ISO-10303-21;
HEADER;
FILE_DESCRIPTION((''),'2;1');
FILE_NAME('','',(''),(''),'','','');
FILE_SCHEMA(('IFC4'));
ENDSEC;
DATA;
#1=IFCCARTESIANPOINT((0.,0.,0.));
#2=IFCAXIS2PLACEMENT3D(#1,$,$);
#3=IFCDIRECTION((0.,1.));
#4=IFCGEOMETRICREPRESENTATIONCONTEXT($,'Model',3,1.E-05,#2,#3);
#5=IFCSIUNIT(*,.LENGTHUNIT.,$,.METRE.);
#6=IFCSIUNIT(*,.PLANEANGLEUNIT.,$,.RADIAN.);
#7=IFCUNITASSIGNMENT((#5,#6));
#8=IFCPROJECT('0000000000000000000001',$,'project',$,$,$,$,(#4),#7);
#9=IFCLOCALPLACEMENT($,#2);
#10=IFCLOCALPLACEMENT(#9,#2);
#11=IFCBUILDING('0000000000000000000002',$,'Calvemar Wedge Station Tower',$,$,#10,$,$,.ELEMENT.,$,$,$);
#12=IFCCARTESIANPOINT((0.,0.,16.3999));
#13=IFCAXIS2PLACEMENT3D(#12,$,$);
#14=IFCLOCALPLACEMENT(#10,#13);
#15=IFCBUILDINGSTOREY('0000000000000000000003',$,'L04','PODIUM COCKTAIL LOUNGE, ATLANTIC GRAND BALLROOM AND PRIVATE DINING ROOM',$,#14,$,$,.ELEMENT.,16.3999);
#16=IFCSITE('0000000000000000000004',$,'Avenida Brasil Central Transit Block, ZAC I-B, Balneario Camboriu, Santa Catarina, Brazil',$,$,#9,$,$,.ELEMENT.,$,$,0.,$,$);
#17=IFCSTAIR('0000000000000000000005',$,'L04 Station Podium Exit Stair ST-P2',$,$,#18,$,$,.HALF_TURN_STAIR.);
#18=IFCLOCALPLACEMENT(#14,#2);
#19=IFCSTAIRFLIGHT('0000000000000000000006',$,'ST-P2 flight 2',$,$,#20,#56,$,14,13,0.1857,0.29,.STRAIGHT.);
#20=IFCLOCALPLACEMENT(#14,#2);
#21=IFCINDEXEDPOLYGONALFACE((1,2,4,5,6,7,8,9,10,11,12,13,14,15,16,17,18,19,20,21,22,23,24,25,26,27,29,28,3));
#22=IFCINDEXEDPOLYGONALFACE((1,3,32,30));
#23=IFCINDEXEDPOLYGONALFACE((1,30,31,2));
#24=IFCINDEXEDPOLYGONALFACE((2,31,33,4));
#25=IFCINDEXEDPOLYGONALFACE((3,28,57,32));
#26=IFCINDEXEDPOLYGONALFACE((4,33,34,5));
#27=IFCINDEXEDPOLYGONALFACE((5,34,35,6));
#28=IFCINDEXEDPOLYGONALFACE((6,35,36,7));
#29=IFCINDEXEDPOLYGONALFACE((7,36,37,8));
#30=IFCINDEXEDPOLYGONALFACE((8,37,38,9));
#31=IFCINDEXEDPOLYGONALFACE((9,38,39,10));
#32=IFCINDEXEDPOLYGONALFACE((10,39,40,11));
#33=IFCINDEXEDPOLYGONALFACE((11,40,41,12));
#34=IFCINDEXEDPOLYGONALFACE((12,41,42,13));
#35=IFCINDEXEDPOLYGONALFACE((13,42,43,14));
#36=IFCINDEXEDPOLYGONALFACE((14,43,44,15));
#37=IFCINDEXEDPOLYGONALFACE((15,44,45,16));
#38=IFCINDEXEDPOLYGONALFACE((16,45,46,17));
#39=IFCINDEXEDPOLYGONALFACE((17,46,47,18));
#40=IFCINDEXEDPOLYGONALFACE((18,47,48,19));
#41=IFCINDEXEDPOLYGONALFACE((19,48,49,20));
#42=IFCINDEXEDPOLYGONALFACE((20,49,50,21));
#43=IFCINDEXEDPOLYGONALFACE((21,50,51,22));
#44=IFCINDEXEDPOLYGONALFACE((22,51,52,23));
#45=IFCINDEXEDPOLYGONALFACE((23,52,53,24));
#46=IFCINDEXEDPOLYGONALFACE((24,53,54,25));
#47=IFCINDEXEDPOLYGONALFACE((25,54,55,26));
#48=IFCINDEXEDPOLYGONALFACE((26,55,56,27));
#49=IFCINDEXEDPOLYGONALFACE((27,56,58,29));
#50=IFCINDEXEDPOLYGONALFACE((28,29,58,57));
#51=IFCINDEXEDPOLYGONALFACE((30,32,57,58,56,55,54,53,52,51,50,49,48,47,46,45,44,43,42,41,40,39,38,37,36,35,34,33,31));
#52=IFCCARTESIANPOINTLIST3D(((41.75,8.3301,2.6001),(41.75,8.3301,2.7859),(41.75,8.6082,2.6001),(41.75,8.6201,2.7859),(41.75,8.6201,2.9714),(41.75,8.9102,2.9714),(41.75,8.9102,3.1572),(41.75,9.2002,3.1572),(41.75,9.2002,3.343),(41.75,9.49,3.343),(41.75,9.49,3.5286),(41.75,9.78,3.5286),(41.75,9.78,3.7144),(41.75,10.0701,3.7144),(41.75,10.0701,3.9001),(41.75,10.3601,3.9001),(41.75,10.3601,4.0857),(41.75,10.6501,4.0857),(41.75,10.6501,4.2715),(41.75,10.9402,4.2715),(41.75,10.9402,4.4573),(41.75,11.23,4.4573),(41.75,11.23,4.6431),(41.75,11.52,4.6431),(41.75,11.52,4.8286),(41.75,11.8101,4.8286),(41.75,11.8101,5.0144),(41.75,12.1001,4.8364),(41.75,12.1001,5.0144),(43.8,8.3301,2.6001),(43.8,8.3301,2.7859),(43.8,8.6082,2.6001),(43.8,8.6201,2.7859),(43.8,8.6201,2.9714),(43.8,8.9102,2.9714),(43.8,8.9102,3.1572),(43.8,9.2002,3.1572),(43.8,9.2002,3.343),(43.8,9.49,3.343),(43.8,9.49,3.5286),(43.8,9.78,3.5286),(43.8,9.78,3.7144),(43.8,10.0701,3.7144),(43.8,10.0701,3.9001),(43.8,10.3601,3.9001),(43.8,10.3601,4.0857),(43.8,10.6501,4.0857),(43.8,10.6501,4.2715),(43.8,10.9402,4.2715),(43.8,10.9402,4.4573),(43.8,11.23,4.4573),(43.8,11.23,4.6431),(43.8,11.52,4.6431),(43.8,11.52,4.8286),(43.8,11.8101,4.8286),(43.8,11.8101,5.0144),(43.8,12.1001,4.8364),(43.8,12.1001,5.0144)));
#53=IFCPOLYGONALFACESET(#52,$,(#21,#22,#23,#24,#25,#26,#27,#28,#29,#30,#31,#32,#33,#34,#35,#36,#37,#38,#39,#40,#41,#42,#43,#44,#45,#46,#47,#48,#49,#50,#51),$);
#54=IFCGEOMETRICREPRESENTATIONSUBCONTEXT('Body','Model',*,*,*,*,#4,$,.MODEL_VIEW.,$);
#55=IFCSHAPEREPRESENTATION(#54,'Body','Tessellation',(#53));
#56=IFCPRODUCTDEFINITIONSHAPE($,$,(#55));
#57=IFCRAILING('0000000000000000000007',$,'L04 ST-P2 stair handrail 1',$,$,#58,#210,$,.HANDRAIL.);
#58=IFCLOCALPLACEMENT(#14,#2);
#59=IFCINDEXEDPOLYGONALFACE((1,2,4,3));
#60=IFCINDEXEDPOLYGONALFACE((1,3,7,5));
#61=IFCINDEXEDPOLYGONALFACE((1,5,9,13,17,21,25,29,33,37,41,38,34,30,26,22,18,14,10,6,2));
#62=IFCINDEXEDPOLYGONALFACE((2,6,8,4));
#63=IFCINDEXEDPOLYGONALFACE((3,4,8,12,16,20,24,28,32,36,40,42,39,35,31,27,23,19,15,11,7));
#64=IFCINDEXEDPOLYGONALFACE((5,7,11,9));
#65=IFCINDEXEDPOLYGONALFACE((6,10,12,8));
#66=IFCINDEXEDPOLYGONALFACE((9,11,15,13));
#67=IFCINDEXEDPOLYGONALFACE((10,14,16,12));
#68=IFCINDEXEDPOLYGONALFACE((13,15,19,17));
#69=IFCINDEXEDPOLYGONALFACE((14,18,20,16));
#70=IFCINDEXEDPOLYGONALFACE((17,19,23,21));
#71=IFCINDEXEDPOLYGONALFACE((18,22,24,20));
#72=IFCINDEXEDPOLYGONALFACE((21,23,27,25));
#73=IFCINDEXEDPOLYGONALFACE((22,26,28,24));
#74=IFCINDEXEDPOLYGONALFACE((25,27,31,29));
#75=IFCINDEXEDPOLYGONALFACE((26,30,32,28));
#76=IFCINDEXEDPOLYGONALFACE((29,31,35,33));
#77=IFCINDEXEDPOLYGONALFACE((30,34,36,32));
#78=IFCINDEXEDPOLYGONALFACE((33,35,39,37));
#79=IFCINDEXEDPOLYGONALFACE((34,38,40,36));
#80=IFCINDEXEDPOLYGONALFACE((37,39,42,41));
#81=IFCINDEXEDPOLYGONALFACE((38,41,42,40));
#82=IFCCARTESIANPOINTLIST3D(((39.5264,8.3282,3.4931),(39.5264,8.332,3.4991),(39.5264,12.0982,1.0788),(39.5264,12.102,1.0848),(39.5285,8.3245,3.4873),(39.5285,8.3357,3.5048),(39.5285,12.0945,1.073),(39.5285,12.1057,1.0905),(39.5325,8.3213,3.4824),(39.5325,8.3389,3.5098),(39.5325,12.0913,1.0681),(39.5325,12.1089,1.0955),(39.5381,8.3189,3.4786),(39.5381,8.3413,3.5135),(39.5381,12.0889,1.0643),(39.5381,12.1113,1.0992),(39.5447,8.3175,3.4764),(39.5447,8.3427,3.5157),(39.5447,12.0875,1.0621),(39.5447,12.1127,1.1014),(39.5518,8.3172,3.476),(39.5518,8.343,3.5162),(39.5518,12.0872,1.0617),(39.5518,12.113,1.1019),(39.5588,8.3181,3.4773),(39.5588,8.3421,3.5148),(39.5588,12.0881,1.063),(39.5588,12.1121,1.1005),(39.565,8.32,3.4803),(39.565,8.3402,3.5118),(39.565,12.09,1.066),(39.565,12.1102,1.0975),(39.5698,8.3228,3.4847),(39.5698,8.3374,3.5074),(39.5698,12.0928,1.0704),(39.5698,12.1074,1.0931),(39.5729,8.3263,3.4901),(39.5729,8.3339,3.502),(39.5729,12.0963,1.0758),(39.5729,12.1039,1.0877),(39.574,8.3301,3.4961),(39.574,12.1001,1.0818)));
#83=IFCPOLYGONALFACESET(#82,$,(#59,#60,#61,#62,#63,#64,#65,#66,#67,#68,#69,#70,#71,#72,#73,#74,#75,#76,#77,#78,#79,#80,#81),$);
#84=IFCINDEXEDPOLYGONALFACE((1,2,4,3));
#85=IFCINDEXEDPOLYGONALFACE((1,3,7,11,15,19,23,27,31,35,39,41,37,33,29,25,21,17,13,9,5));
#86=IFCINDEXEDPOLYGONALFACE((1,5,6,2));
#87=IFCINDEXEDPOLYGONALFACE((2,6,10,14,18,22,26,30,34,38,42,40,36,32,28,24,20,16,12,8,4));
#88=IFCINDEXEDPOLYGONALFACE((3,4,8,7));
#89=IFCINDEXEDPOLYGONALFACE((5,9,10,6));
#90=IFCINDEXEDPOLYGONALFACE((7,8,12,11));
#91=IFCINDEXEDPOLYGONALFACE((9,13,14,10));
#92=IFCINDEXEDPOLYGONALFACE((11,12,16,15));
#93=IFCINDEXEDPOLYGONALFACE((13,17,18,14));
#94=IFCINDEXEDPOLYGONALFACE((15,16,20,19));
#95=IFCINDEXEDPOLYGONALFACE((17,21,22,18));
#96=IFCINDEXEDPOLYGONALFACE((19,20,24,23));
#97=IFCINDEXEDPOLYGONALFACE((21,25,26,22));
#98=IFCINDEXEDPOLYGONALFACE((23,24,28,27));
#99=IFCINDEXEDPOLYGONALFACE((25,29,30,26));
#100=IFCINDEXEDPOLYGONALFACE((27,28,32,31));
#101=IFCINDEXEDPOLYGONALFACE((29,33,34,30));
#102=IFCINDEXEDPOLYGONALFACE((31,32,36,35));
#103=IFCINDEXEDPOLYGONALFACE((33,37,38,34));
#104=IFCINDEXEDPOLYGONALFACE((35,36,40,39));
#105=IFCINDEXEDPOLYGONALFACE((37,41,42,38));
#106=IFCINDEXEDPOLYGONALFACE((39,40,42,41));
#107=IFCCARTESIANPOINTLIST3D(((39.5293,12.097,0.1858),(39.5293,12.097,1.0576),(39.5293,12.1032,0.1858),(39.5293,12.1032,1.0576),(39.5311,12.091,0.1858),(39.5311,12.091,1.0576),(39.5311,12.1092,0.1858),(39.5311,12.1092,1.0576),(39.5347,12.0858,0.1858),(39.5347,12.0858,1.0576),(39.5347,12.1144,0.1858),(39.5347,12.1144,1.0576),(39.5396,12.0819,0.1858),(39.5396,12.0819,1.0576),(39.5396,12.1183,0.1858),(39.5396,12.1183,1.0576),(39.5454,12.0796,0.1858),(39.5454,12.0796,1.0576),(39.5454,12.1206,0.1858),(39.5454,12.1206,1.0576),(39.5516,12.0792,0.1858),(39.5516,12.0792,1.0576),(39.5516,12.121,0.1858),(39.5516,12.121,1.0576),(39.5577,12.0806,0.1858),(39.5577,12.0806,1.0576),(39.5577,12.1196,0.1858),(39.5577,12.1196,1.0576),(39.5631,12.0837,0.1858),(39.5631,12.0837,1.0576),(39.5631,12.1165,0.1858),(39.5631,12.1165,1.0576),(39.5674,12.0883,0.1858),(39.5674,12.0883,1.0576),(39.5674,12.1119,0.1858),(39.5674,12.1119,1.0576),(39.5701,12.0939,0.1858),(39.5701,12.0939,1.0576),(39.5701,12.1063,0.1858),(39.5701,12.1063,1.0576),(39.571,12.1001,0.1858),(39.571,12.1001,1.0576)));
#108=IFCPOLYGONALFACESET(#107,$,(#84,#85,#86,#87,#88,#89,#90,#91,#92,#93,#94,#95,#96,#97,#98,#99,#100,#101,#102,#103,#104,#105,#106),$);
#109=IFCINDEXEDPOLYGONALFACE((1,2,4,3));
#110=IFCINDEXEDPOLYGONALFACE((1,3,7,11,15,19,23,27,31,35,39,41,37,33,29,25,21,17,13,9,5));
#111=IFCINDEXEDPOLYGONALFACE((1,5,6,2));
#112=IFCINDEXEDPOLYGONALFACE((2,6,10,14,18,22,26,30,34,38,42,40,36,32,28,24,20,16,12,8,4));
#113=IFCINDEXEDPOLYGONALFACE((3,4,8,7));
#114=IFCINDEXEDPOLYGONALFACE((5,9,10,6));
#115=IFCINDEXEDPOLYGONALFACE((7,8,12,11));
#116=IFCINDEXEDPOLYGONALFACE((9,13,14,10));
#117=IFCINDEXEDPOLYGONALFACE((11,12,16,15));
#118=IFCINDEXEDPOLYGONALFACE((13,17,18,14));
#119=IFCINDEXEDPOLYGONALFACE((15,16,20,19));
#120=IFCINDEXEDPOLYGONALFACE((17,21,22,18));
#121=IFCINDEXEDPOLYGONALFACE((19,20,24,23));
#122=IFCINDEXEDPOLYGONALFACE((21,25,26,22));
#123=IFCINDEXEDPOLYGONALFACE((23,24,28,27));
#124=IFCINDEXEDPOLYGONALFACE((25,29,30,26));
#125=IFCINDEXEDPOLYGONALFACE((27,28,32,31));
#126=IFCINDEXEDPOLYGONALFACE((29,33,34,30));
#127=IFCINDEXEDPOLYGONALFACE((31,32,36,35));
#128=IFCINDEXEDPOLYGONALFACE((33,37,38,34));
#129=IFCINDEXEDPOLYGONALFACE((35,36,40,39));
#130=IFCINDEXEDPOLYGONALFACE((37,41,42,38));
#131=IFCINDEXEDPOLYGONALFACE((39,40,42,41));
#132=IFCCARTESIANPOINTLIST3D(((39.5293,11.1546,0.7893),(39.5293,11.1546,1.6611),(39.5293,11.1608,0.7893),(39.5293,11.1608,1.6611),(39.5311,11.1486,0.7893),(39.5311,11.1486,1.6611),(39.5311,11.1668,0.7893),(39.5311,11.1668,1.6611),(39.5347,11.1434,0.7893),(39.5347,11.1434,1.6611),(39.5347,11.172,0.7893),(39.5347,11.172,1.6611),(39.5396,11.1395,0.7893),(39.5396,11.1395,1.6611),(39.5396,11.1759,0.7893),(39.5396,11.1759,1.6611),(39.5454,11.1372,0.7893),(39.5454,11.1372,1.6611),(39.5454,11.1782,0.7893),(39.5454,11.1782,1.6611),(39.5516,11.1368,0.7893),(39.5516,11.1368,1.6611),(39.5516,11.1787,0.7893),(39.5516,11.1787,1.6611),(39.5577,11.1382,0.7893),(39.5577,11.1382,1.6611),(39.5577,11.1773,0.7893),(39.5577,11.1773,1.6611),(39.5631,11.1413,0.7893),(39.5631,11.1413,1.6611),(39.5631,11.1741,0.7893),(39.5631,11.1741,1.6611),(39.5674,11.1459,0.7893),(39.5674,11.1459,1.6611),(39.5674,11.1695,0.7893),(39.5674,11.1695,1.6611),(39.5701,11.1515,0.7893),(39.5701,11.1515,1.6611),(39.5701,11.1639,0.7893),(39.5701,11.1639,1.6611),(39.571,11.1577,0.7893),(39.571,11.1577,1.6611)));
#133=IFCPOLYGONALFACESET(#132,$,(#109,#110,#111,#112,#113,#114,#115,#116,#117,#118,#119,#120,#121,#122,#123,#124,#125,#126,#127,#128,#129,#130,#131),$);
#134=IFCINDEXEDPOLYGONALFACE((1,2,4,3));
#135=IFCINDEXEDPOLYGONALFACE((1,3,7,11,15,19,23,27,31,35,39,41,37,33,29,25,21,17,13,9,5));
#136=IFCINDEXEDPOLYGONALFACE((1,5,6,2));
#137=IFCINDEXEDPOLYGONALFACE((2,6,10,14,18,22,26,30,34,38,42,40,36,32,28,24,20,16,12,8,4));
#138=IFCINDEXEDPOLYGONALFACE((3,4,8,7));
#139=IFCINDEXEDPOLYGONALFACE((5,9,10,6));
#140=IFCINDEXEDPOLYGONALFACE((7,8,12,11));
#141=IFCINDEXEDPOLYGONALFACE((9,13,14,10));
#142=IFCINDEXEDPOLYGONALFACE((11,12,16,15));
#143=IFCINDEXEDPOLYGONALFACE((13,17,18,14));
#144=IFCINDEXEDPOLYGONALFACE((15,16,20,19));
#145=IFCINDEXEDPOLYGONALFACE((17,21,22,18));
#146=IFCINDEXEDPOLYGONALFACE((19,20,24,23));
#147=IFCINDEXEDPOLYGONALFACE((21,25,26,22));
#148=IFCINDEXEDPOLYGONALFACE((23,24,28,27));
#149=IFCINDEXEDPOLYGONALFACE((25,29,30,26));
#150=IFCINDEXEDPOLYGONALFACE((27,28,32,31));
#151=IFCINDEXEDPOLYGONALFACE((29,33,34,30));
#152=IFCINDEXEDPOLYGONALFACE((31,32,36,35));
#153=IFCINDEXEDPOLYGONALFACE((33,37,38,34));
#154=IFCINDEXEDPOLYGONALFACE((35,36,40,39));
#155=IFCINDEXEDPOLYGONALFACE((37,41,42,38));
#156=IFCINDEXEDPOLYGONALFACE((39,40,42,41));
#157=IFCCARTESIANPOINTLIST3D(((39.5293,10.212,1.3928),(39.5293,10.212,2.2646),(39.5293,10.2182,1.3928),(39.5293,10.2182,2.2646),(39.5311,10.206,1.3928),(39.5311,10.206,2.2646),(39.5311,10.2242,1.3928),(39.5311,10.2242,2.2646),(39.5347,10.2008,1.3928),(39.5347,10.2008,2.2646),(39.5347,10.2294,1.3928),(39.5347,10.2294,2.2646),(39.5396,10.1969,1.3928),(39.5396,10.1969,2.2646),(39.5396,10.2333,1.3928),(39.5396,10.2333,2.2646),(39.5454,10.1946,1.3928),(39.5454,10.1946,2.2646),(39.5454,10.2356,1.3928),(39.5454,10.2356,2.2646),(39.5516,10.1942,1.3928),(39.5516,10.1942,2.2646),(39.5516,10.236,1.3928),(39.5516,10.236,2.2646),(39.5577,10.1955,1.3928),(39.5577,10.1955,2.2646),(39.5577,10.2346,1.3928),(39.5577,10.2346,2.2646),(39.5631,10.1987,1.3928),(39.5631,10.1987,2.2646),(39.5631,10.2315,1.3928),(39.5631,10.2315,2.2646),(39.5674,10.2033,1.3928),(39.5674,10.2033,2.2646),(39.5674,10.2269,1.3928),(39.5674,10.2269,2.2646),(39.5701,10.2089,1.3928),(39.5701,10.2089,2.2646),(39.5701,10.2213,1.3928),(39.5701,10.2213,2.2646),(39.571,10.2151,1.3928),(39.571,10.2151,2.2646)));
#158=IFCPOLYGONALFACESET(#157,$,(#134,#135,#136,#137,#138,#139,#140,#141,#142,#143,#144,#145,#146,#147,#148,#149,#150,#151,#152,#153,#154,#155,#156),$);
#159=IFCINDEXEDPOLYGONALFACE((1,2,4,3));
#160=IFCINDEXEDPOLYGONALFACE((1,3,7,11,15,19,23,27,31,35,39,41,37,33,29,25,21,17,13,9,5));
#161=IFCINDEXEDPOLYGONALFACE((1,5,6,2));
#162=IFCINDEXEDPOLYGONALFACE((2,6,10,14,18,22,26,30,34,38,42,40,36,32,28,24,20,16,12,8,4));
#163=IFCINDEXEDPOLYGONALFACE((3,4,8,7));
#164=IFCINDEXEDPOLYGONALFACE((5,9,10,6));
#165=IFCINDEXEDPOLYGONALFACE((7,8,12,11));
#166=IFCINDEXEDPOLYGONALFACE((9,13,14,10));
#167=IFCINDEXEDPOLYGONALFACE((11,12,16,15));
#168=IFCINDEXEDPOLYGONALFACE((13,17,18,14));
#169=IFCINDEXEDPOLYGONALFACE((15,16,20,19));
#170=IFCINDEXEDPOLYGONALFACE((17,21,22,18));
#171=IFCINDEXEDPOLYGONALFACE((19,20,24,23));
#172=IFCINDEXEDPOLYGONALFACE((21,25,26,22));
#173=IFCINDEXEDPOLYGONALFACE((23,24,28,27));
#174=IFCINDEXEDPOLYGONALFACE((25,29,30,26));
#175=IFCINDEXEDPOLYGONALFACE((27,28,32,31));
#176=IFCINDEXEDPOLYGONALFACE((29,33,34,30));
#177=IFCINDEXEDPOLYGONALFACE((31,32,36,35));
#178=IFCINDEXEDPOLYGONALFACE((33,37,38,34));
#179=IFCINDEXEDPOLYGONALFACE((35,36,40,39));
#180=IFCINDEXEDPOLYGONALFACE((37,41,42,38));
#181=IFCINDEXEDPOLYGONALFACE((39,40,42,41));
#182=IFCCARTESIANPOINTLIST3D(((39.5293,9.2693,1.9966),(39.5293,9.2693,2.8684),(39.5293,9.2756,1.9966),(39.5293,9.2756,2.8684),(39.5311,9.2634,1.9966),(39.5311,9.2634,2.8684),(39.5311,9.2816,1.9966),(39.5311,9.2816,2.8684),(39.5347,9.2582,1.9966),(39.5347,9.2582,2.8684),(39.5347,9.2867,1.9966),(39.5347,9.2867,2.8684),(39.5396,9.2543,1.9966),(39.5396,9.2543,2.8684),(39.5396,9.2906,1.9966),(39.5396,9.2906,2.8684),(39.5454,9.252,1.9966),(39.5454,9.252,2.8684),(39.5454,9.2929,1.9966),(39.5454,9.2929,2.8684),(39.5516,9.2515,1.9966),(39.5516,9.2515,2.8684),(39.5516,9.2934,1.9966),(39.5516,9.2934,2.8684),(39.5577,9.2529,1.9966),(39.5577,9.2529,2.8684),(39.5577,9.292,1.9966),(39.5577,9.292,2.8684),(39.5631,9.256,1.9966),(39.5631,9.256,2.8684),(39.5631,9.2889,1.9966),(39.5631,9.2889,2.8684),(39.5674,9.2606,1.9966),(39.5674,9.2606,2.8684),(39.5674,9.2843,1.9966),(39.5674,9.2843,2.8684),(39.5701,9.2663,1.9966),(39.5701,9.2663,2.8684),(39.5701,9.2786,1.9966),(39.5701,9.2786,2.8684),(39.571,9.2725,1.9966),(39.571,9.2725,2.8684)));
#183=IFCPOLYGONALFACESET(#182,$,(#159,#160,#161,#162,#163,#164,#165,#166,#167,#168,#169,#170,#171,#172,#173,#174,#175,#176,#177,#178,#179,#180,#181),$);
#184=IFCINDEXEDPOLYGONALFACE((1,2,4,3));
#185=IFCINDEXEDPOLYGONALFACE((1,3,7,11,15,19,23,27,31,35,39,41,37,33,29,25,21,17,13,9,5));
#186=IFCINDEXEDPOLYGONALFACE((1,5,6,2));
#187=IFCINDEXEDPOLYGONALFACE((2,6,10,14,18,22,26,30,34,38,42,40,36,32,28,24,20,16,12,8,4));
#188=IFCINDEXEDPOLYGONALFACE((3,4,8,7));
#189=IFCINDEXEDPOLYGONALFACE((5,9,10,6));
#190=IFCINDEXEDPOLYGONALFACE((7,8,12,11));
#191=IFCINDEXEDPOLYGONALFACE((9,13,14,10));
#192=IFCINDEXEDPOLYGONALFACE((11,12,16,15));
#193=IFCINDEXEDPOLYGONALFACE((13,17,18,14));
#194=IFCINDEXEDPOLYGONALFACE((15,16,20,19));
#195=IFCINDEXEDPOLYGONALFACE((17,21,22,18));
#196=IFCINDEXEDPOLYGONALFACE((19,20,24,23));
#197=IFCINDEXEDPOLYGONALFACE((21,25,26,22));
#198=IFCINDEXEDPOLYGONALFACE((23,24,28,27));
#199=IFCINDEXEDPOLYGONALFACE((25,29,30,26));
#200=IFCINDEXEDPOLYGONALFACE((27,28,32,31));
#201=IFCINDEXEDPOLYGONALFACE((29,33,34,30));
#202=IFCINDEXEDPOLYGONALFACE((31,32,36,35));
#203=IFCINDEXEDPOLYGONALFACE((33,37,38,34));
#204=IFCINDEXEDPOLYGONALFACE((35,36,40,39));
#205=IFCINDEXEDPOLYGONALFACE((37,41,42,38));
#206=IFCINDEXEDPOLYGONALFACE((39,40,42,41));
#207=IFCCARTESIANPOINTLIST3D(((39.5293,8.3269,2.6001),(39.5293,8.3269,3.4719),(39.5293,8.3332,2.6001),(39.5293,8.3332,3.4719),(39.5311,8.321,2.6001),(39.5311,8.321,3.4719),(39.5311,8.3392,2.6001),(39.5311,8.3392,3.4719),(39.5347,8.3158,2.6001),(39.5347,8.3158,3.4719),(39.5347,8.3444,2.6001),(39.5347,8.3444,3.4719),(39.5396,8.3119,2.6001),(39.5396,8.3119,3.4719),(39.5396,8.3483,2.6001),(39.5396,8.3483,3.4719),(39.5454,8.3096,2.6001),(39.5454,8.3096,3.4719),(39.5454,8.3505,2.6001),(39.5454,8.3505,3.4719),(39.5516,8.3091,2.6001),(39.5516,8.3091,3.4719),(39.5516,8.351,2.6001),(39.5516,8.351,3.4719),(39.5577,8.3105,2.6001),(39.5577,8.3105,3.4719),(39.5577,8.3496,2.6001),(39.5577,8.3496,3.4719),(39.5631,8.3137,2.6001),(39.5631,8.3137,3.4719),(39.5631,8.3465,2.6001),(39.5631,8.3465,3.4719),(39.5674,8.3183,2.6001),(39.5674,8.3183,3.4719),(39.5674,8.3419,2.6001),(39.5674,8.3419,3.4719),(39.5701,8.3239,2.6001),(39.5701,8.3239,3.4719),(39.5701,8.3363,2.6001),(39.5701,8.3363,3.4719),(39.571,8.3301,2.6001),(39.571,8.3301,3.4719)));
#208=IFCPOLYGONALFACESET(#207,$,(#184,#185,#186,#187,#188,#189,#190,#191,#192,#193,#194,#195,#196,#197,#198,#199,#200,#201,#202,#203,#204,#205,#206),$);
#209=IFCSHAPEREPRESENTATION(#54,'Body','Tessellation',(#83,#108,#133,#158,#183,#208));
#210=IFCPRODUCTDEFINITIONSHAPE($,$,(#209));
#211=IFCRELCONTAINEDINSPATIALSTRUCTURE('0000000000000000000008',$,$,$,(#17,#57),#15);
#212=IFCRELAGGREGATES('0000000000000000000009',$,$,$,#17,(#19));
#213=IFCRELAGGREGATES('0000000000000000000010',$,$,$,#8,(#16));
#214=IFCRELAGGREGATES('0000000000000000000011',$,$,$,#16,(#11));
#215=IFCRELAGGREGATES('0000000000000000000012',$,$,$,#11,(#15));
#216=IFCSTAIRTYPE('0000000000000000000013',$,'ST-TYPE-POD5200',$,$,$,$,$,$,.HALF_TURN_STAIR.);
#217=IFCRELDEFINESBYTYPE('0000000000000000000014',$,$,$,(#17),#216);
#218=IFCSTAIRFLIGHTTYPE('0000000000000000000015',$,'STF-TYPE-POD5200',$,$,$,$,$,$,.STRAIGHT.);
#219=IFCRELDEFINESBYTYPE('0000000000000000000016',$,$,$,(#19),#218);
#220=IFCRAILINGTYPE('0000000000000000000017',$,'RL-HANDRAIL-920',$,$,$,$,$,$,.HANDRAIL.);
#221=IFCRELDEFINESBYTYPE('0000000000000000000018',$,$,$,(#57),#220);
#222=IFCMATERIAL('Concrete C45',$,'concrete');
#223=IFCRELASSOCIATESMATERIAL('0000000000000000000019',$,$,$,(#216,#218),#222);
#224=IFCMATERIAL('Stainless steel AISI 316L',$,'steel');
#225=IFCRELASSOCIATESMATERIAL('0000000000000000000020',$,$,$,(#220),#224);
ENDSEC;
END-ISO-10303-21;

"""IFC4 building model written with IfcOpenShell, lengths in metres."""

from ifc_helpers import new_model, si_unit, direction, frame, origin, origin_2d, place, context, subcontext, project, spatial, polyline, circle, outline, extrude, material, type_object, element, aggregate, save


model = new_model("IFC4")

# Units and contexts
model_context = context("Model", 3, precision=1e-05, world=origin(), true_north=direction((0.0, 1.0)))
body_context = subcontext(model_context, "Body", "Model", "MODEL_VIEW")
ifc_project = project(units=[si_unit("LENGTHUNIT", "METRE"), si_unit("PLANEANGLEUNIT", "RADIAN")], contexts=[model_context])

# Site, building, storey
site_placement = place(None, origin())
site = spatial("IfcSite", under=ifc_project, at=site_placement, Name="Avenida Brasil Central Transit Block, ZAC I-B, Balneario Camboriu, Santa Catarina, Brazil", CompositionType="ELEMENT", RefElevation=0.0)
building_placement = place(site_placement, origin())
building = spatial("IfcBuilding", under=site, at=building_placement, Name="Calvemar Wedge Station Tower", CompositionType="ELEMENT")
storey_placement = place(building_placement, frame((0.0, 0.0, 16.3999)))
storey = spatial("IfcBuildingStorey", under=building, at=storey_placement, Name="L04", Description="PODIUM COCKTAIL LOUNGE, ATLANTIC GRAND BALLROOM AND PRIVATE DINING ROOM", CompositionType="ELEMENT", Elevation=16.3999)

# Stair, stair flight
ifc_material_1 = material(Name="Concrete C45", Category="concrete")
stair_type = type_object("IfcStairType", Name="ST-TYPE-POD5200", PredefinedType="HALF_TURN_STAIR", material=ifc_material_1)
stair_placement = place(storey_placement, origin())
stair = element("IfcStair", 1, at=stair_placement, inside=storey, type_object=stair_type, Name="L04 Station Podium Exit Stair ST-P2", PredefinedType="HALF_TURN_STAIR")
stair_flight_type = type_object("IfcStairFlightType", Name="STF-TYPE-POD5200", PredefinedType="STRAIGHT", material=ifc_material_1)
stair_flight_1_placement = place(storey_placement, frame((42.7749, 8.3301, 2.6001), z_axis=(0.0, 0.0, 1.0), x_axis=(0.0, 1.0, 0.0)))
stair_flight_1 = element("IfcStairFlight", 2, at=stair_flight_1_placement, type_object=stair_flight_type, Name="ST-P2 flight 2", NumberOfRisers=14, NumberOfTreads=13, PredefinedType="STRAIGHT", RiserHeight=0.1857, TreadLength=0.29, context=body_context, shape_type="SweptSolid", body=[
    extrude(outline(polyline([(0.0, 0.0), (0.0, 0.1858), (0.29, 0.1858), (0.29, 0.3713), (0.5801, 0.3713), (0.5801, 0.5571), (0.8701, 0.5571), (0.8701, 0.7429), (1.1599, 0.7429), (1.1599, 0.9285), (1.45, 0.9285), (1.45, 1.1143), (1.74, 1.1143), (1.74, 1.3), (2.03, 1.3), (2.03, 1.4856), (2.3201, 1.4856), (2.3201, 1.6714), (2.6101, 1.6714), (2.6101, 1.8572), (2.8999, 1.8572), (2.8999, 2.043), (3.1899, 2.043), (3.1899, 2.2285), (3.48, 2.2285), (3.48, 2.4143), (3.77, 2.4143), (3.77, 2.6001), (3.77, 2.2363), (0.2781, 0.0), (0.0, 0.0)])), frame((0.0, 1.0249, 0.0), z_axis=(0.0, -1.0, 0.0), x_axis=(1.0, 0.0, 0.0)), (0.0, 0.0, 1.0), 2.05),
])
aggregate(stair, [stair_flight_1])

# Railing
ifc_material_2 = material(Name="Stainless steel AISI 316L", Category="steel")
railing_type_1 = type_object("IfcRailingType", Name="RL-HANDRAIL-920", PredefinedType="HANDRAIL", material=ifc_material_2)
railing_1_placement = place(storey_placement, frame((39.55, 12.1001, 0.1858)))
element("IfcRailing", 3, at=railing_1_placement, inside=storey, type_object=railing_type_1, Name="L04 ST-P2 stair handrail 1", PredefinedType="HANDRAIL", context=body_context, shape_type="SweptSolid", body=[
    extrude(circle(Radius=0.0239, at=origin_2d()), frame((0.0, 0.0, 0.896), z_axis=(0.0, -0.84212, 0.53929), x_axis=(1.0, 0.0, 0.0)), (0.0, 0.0, 1.0), 4.4768),
    extrude(circle(Radius=0.021, at=origin_2d()), origin(), (0.0, 0.0, 1.0), 0.8718),
    extrude(circle(Radius=0.021, at=origin_2d()), frame((0.0, -0.9424, 0.6035)), (0.0, 0.0, 1.0), 0.8718),
    extrude(circle(Radius=0.021, at=origin_2d()), frame((0.0, -1.885, 1.207)), (0.0, 0.0, 1.0), 0.8718),
    extrude(circle(Radius=0.021, at=origin_2d()), frame((0.0, -2.8276, 1.8108)), (0.0, 0.0, 1.0), 0.8718),
    extrude(circle(Radius=0.021, at=origin_2d()), frame((0.0, -3.77, 2.4143)), (0.0, 0.0, 1.0), 0.8718),
])

save(model, "model.ifc")
